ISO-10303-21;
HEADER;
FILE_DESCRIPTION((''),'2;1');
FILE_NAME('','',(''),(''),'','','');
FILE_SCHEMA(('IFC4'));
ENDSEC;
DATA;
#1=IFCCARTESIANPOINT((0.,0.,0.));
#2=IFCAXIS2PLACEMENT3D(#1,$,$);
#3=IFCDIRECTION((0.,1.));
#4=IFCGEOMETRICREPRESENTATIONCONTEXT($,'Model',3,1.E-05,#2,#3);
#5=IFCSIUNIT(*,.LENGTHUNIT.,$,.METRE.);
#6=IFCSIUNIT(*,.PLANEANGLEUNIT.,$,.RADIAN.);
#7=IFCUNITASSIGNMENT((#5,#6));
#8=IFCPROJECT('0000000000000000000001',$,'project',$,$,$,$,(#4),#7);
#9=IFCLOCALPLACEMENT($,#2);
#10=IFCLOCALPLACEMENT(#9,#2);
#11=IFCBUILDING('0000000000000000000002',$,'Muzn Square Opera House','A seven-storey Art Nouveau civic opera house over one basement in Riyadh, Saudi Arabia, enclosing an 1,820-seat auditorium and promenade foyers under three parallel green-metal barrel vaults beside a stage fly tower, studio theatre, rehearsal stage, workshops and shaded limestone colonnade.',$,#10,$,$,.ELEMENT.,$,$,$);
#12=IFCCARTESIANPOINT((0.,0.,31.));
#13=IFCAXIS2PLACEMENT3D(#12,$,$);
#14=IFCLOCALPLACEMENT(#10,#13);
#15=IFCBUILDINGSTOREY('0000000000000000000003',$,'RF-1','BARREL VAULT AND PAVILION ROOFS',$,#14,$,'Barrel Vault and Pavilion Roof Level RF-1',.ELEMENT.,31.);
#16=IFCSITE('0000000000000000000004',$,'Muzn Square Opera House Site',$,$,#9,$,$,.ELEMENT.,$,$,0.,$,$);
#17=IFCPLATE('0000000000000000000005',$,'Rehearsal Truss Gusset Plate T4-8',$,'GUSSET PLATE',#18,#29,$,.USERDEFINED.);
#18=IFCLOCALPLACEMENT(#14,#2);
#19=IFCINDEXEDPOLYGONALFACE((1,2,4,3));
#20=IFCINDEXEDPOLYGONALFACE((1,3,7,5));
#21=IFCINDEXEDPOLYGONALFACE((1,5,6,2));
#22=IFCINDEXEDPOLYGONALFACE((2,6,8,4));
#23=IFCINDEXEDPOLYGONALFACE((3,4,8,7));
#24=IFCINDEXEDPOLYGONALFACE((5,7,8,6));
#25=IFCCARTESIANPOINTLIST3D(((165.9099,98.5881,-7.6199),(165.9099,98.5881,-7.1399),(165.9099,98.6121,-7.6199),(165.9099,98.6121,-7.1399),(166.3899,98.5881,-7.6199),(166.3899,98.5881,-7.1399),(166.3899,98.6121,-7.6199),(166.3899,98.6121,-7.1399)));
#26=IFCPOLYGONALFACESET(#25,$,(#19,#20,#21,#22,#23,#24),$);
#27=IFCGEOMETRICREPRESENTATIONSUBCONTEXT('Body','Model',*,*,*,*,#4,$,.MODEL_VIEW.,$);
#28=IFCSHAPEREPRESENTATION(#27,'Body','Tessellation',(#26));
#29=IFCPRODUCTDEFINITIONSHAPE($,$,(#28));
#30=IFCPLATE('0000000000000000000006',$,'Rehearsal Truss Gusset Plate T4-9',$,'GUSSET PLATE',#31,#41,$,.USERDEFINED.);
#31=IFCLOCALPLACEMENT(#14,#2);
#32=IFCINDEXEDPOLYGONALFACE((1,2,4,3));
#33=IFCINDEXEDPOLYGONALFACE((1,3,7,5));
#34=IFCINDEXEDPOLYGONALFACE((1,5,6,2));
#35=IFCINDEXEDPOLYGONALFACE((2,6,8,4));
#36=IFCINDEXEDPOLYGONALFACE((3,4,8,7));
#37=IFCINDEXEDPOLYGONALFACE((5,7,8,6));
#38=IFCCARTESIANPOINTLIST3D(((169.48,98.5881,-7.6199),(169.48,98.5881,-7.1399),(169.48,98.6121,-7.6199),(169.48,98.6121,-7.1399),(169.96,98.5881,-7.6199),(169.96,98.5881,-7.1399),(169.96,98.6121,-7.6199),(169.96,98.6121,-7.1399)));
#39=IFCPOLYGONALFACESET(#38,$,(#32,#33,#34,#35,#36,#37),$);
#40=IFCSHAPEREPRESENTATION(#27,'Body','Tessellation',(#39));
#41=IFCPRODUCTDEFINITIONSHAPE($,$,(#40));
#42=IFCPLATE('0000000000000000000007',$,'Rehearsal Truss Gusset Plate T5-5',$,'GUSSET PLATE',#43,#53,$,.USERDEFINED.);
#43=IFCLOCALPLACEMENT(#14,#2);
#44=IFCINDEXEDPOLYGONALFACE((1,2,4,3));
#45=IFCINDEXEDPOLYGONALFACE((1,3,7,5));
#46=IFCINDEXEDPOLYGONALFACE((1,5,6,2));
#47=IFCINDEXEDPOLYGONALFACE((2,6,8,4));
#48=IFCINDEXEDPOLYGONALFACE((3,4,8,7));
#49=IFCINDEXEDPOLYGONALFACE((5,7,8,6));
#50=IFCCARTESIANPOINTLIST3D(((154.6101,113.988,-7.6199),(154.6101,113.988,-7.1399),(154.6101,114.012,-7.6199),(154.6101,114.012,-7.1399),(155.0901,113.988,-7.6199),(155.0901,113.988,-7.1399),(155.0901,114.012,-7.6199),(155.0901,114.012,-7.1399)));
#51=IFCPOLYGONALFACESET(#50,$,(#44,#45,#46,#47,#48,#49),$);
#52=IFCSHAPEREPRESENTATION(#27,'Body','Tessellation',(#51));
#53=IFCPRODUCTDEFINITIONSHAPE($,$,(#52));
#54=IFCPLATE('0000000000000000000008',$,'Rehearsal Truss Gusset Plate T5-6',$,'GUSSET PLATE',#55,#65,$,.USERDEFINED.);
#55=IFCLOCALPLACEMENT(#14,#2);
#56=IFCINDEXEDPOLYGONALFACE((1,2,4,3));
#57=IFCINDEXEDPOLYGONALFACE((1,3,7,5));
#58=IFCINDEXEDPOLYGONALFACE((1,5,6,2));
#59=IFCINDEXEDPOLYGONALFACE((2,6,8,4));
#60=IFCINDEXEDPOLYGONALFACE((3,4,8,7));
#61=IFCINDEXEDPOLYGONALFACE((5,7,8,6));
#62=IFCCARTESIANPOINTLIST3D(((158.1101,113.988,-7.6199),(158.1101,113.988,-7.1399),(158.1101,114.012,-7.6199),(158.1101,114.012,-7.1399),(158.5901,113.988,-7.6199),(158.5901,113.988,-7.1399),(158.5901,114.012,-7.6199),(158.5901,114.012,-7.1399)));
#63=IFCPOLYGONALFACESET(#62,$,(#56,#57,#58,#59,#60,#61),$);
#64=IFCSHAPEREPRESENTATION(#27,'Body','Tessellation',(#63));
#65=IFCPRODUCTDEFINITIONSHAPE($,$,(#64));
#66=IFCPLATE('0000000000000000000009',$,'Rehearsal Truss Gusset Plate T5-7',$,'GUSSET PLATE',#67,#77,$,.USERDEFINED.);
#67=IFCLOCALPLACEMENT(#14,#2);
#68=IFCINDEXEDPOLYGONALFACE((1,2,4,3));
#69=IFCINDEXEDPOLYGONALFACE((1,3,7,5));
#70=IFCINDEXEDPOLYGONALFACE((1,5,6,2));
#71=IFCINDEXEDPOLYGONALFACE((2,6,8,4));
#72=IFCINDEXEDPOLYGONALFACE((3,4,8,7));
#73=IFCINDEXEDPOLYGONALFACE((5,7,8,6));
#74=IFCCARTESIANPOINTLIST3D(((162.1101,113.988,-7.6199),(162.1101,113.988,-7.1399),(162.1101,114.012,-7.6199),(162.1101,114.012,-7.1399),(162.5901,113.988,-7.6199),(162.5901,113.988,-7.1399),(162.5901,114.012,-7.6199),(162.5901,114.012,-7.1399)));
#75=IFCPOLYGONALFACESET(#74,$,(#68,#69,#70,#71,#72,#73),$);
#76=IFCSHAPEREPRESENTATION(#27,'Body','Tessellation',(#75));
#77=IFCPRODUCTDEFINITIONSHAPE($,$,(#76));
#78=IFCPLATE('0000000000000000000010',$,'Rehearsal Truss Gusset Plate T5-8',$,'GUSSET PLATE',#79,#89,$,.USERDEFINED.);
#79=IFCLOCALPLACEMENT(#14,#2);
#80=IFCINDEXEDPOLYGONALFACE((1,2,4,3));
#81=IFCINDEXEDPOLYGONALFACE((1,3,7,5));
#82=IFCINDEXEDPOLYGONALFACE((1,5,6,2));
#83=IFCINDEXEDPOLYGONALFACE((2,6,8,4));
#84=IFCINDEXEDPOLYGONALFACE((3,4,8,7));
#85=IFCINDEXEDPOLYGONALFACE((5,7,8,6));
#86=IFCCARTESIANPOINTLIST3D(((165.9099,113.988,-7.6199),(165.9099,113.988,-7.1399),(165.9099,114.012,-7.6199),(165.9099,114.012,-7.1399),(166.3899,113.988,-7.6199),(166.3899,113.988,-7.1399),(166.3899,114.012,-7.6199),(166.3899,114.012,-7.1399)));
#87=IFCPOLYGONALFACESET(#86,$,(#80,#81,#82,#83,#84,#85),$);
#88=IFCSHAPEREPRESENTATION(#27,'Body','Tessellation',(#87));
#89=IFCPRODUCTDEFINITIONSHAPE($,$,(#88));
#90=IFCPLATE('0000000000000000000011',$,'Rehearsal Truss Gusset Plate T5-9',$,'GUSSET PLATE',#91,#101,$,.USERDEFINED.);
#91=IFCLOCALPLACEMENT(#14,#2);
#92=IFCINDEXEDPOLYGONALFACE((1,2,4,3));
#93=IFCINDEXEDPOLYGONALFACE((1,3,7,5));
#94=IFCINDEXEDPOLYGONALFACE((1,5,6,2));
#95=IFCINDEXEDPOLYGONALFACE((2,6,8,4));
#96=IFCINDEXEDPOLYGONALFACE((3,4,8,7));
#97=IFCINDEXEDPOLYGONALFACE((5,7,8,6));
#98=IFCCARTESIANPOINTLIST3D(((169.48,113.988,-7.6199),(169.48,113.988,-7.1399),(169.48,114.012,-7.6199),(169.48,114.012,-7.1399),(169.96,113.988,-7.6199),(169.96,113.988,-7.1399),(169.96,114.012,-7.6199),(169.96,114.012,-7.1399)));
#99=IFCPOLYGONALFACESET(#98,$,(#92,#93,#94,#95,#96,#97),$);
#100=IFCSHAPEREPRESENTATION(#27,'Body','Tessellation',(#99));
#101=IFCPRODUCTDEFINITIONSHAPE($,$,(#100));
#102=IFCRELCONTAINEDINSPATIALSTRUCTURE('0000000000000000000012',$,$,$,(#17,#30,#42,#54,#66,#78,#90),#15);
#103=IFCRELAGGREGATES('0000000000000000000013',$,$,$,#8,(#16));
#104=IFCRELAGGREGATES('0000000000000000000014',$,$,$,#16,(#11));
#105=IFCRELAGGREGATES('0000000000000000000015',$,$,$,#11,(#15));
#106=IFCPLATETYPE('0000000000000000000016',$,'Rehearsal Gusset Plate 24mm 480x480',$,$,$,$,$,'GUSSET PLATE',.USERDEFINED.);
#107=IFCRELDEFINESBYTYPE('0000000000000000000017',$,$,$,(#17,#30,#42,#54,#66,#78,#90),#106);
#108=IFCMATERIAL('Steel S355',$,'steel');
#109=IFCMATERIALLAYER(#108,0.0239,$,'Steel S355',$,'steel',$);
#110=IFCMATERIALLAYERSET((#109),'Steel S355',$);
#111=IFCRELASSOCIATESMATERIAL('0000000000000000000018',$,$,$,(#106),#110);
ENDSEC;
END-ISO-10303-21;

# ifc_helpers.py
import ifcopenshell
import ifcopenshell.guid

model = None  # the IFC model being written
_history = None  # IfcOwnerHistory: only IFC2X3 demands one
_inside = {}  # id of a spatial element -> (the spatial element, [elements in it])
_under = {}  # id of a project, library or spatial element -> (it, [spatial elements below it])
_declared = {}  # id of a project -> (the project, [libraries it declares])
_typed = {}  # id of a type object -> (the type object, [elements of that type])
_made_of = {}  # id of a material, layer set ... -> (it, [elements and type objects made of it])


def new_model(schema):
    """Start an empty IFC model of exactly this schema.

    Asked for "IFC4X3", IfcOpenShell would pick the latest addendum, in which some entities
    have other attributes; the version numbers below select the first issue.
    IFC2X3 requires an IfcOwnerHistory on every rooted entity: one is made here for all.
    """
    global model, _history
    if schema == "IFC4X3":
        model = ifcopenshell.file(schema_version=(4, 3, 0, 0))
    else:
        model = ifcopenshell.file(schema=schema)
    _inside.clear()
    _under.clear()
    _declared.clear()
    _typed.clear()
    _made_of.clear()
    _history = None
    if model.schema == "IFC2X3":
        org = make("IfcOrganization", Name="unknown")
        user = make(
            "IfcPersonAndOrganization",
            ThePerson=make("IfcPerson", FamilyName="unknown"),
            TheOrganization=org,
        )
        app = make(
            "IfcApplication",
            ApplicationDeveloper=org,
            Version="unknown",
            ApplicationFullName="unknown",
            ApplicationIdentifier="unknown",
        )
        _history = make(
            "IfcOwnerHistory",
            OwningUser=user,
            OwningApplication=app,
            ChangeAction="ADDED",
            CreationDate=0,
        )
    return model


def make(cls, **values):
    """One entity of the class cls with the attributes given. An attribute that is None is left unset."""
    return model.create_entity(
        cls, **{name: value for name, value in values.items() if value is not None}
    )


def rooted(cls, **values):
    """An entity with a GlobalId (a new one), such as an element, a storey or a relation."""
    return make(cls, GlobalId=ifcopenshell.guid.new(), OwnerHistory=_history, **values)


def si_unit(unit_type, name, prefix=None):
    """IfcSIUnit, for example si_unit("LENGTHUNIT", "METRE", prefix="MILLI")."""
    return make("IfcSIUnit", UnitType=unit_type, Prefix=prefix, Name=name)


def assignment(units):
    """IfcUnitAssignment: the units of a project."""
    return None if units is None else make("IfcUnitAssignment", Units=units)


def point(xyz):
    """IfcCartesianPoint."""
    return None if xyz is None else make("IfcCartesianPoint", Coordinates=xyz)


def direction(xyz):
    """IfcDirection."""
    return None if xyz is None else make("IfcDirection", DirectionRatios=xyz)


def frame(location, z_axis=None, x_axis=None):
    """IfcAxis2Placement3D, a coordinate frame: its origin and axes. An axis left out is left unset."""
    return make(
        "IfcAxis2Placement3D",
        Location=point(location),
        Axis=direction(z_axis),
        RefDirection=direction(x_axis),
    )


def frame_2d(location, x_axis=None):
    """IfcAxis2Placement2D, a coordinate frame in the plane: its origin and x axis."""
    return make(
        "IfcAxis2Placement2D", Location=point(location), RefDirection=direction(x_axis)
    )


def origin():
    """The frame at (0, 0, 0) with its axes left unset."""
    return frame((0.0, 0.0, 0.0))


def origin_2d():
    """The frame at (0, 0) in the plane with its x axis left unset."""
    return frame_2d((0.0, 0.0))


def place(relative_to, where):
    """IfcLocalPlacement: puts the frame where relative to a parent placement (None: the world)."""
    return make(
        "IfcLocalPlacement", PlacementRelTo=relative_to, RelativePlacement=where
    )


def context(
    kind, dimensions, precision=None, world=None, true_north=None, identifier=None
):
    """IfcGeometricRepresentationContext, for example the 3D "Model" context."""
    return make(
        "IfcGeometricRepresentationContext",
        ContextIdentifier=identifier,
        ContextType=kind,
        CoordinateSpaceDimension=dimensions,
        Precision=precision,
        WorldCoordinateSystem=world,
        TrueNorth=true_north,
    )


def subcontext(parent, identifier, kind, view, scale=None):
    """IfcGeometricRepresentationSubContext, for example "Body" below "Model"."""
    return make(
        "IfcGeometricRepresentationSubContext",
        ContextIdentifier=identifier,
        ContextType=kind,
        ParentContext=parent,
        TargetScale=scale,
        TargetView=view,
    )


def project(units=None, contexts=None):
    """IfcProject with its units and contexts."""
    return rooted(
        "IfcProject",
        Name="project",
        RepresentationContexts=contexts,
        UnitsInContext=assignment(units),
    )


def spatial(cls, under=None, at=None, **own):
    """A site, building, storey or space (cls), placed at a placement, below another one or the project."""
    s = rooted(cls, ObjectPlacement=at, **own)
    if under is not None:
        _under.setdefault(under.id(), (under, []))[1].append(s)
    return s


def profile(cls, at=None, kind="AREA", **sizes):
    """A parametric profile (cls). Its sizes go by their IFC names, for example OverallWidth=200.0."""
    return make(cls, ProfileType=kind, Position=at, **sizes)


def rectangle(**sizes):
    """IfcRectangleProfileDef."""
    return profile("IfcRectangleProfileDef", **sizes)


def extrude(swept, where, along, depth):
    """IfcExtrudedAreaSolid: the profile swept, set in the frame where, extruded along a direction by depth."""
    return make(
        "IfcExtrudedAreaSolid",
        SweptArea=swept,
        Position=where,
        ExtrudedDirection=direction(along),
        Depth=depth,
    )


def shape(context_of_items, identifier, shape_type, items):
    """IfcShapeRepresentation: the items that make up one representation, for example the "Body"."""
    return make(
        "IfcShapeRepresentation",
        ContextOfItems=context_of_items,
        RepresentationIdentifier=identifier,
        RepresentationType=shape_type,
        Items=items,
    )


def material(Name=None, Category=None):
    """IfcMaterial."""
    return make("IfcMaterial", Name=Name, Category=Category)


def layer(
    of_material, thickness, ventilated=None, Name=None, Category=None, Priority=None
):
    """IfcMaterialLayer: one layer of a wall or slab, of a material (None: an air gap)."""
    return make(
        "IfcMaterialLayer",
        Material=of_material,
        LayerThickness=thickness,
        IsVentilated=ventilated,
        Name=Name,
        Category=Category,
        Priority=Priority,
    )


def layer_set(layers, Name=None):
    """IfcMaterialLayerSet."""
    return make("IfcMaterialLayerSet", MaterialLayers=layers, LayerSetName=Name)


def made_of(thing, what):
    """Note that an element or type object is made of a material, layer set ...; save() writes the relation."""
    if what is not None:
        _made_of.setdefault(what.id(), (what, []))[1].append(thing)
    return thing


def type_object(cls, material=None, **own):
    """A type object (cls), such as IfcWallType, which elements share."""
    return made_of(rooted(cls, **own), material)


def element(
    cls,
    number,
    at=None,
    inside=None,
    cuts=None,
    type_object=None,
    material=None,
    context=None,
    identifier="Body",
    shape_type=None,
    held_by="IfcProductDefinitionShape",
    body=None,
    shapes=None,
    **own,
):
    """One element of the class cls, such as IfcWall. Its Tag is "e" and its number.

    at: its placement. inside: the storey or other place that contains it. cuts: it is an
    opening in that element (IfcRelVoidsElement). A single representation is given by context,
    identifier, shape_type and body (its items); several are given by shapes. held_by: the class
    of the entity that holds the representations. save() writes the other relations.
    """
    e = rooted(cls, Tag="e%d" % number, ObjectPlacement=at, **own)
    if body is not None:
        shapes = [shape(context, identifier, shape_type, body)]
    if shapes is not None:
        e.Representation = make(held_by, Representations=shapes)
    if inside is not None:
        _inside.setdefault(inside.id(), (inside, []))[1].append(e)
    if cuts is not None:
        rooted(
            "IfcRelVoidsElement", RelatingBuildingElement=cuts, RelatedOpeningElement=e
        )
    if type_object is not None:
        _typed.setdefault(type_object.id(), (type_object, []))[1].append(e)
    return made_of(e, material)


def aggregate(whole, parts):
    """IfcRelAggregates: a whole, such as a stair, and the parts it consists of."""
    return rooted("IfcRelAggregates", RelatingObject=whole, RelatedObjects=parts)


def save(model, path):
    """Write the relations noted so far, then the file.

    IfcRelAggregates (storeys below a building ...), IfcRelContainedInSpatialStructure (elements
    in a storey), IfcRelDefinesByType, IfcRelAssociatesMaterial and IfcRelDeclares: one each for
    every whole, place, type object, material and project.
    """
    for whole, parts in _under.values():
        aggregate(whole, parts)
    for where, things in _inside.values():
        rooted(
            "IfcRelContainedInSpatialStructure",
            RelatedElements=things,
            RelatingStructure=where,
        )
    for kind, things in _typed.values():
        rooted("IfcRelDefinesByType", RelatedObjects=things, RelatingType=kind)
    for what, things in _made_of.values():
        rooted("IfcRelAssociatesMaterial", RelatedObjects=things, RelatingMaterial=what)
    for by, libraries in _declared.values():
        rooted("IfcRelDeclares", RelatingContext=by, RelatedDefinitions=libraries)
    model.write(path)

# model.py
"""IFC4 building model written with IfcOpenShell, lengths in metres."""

from ifc_helpers import new_model, si_unit, direction, frame, origin, origin_2d, place, context, subcontext, project, spatial, rectangle, extrude, material, layer, layer_set, type_object, element, save


model = new_model("IFC4")

# Units and contexts
model_context = context("Model", 3, precision=1e-05, world=origin(), true_north=direction((0.0, 1.0)))
body_context = subcontext(model_context, "Body", "Model", "MODEL_VIEW")
ifc_project = project(units=[si_unit("LENGTHUNIT", "METRE"), si_unit("PLANEANGLEUNIT", "RADIAN")], contexts=[model_context])

# Site, building, storey
site_placement = place(None, origin())
site = spatial("IfcSite", under=ifc_project, at=site_placement, Name="Muzn Square Opera House Site", CompositionType="ELEMENT", RefElevation=0.0)
building_placement = place(site_placement, origin())
building = spatial("IfcBuilding", under=site, at=building_placement, Name="Muzn Square Opera House", Description="A seven-storey Art Nouveau civic opera house over one basement in Riyadh, Saudi Arabia, enclosing an 1,820-seat auditorium and promenade foyers under three parallel green-metal barrel vaults beside a stage fly tower, studio theatre, rehearsal stage, workshops and shaded limestone colonnade.", CompositionType="ELEMENT")
storey_placement = place(building_placement, frame((0.0, 0.0, 31.0)))
storey = spatial("IfcBuildingStorey", under=building, at=storey_placement, Name="RF-1", Description="BARREL VAULT AND PAVILION ROOFS", LongName="Barrel Vault and Pavilion Roof Level RF-1", CompositionType="ELEMENT", Elevation=31.0)

# Shared definitions
ifc_material = material(Name="Steel S355", Category="steel")

# Plates
ifc_layer = layer(ifc_material, 0.0239, Name="Steel S355", Category="steel")
ifc_layer_set = layer_set([ifc_layer], Name="Steel S355")
plate_type = type_object("IfcPlateType", Name="Rehearsal Gusset Plate 24mm 480x480", ElementType="GUSSET PLATE", PredefinedType="USERDEFINED", material=ifc_layer_set)
for number, where, z_axis, x_axis, name in (
    (1, (166.1499, 98.6001, -7.6199), (0.0, 0.0, 1.0), (1.0, 0.0, 0.0), "Rehearsal Truss Gusset Plate T4-8"),
    (2, (169.72, 98.6001, -7.6199), (0.0, 0.0, 1.0), (1.0, 0.0, 0.0), "Rehearsal Truss Gusset Plate T4-9"),
    (3, (154.8501, 114.0, -7.6199), (0.0, 0.0, 1.0), (1.0, 0.0, 0.0), "Rehearsal Truss Gusset Plate T5-5"),
    (4, (158.3501, 114.0, -7.6199), (0.0, 0.0, 1.0), (1.0, 0.0, 0.0), "Rehearsal Truss Gusset Plate T5-6"),
    (5, (162.3501, 114.0, -7.6199), (0.0, 0.0, 1.0), (1.0, 0.0, 0.0), "Rehearsal Truss Gusset Plate T5-7"),
    (6, (166.1499, 114.0, -7.6199), (0.0, 0.0, 1.0), (1.0, 0.0, 0.0), "Rehearsal Truss Gusset Plate T5-8"),
    (7, (169.72, 114.0, -7.6199), (0.0, 0.0, 1.0), (1.0, 0.0, 0.0), "Rehearsal Truss Gusset Plate T5-9"),
):
    element("IfcPlate", number, at=place(storey_placement, frame(where, z_axis=z_axis, x_axis=x_axis)), inside=storey, type_object=plate_type, Name=name, ObjectType="GUSSET PLATE", PredefinedType="USERDEFINED", context=body_context, shape_type="SweptSolid", body=[
        extrude(rectangle(XDim=0.48, YDim=0.0239, at=origin_2d()), origin(), (0.0, 0.0, 1.0), 0.48),
    ])

save(model, "model.ifc")
